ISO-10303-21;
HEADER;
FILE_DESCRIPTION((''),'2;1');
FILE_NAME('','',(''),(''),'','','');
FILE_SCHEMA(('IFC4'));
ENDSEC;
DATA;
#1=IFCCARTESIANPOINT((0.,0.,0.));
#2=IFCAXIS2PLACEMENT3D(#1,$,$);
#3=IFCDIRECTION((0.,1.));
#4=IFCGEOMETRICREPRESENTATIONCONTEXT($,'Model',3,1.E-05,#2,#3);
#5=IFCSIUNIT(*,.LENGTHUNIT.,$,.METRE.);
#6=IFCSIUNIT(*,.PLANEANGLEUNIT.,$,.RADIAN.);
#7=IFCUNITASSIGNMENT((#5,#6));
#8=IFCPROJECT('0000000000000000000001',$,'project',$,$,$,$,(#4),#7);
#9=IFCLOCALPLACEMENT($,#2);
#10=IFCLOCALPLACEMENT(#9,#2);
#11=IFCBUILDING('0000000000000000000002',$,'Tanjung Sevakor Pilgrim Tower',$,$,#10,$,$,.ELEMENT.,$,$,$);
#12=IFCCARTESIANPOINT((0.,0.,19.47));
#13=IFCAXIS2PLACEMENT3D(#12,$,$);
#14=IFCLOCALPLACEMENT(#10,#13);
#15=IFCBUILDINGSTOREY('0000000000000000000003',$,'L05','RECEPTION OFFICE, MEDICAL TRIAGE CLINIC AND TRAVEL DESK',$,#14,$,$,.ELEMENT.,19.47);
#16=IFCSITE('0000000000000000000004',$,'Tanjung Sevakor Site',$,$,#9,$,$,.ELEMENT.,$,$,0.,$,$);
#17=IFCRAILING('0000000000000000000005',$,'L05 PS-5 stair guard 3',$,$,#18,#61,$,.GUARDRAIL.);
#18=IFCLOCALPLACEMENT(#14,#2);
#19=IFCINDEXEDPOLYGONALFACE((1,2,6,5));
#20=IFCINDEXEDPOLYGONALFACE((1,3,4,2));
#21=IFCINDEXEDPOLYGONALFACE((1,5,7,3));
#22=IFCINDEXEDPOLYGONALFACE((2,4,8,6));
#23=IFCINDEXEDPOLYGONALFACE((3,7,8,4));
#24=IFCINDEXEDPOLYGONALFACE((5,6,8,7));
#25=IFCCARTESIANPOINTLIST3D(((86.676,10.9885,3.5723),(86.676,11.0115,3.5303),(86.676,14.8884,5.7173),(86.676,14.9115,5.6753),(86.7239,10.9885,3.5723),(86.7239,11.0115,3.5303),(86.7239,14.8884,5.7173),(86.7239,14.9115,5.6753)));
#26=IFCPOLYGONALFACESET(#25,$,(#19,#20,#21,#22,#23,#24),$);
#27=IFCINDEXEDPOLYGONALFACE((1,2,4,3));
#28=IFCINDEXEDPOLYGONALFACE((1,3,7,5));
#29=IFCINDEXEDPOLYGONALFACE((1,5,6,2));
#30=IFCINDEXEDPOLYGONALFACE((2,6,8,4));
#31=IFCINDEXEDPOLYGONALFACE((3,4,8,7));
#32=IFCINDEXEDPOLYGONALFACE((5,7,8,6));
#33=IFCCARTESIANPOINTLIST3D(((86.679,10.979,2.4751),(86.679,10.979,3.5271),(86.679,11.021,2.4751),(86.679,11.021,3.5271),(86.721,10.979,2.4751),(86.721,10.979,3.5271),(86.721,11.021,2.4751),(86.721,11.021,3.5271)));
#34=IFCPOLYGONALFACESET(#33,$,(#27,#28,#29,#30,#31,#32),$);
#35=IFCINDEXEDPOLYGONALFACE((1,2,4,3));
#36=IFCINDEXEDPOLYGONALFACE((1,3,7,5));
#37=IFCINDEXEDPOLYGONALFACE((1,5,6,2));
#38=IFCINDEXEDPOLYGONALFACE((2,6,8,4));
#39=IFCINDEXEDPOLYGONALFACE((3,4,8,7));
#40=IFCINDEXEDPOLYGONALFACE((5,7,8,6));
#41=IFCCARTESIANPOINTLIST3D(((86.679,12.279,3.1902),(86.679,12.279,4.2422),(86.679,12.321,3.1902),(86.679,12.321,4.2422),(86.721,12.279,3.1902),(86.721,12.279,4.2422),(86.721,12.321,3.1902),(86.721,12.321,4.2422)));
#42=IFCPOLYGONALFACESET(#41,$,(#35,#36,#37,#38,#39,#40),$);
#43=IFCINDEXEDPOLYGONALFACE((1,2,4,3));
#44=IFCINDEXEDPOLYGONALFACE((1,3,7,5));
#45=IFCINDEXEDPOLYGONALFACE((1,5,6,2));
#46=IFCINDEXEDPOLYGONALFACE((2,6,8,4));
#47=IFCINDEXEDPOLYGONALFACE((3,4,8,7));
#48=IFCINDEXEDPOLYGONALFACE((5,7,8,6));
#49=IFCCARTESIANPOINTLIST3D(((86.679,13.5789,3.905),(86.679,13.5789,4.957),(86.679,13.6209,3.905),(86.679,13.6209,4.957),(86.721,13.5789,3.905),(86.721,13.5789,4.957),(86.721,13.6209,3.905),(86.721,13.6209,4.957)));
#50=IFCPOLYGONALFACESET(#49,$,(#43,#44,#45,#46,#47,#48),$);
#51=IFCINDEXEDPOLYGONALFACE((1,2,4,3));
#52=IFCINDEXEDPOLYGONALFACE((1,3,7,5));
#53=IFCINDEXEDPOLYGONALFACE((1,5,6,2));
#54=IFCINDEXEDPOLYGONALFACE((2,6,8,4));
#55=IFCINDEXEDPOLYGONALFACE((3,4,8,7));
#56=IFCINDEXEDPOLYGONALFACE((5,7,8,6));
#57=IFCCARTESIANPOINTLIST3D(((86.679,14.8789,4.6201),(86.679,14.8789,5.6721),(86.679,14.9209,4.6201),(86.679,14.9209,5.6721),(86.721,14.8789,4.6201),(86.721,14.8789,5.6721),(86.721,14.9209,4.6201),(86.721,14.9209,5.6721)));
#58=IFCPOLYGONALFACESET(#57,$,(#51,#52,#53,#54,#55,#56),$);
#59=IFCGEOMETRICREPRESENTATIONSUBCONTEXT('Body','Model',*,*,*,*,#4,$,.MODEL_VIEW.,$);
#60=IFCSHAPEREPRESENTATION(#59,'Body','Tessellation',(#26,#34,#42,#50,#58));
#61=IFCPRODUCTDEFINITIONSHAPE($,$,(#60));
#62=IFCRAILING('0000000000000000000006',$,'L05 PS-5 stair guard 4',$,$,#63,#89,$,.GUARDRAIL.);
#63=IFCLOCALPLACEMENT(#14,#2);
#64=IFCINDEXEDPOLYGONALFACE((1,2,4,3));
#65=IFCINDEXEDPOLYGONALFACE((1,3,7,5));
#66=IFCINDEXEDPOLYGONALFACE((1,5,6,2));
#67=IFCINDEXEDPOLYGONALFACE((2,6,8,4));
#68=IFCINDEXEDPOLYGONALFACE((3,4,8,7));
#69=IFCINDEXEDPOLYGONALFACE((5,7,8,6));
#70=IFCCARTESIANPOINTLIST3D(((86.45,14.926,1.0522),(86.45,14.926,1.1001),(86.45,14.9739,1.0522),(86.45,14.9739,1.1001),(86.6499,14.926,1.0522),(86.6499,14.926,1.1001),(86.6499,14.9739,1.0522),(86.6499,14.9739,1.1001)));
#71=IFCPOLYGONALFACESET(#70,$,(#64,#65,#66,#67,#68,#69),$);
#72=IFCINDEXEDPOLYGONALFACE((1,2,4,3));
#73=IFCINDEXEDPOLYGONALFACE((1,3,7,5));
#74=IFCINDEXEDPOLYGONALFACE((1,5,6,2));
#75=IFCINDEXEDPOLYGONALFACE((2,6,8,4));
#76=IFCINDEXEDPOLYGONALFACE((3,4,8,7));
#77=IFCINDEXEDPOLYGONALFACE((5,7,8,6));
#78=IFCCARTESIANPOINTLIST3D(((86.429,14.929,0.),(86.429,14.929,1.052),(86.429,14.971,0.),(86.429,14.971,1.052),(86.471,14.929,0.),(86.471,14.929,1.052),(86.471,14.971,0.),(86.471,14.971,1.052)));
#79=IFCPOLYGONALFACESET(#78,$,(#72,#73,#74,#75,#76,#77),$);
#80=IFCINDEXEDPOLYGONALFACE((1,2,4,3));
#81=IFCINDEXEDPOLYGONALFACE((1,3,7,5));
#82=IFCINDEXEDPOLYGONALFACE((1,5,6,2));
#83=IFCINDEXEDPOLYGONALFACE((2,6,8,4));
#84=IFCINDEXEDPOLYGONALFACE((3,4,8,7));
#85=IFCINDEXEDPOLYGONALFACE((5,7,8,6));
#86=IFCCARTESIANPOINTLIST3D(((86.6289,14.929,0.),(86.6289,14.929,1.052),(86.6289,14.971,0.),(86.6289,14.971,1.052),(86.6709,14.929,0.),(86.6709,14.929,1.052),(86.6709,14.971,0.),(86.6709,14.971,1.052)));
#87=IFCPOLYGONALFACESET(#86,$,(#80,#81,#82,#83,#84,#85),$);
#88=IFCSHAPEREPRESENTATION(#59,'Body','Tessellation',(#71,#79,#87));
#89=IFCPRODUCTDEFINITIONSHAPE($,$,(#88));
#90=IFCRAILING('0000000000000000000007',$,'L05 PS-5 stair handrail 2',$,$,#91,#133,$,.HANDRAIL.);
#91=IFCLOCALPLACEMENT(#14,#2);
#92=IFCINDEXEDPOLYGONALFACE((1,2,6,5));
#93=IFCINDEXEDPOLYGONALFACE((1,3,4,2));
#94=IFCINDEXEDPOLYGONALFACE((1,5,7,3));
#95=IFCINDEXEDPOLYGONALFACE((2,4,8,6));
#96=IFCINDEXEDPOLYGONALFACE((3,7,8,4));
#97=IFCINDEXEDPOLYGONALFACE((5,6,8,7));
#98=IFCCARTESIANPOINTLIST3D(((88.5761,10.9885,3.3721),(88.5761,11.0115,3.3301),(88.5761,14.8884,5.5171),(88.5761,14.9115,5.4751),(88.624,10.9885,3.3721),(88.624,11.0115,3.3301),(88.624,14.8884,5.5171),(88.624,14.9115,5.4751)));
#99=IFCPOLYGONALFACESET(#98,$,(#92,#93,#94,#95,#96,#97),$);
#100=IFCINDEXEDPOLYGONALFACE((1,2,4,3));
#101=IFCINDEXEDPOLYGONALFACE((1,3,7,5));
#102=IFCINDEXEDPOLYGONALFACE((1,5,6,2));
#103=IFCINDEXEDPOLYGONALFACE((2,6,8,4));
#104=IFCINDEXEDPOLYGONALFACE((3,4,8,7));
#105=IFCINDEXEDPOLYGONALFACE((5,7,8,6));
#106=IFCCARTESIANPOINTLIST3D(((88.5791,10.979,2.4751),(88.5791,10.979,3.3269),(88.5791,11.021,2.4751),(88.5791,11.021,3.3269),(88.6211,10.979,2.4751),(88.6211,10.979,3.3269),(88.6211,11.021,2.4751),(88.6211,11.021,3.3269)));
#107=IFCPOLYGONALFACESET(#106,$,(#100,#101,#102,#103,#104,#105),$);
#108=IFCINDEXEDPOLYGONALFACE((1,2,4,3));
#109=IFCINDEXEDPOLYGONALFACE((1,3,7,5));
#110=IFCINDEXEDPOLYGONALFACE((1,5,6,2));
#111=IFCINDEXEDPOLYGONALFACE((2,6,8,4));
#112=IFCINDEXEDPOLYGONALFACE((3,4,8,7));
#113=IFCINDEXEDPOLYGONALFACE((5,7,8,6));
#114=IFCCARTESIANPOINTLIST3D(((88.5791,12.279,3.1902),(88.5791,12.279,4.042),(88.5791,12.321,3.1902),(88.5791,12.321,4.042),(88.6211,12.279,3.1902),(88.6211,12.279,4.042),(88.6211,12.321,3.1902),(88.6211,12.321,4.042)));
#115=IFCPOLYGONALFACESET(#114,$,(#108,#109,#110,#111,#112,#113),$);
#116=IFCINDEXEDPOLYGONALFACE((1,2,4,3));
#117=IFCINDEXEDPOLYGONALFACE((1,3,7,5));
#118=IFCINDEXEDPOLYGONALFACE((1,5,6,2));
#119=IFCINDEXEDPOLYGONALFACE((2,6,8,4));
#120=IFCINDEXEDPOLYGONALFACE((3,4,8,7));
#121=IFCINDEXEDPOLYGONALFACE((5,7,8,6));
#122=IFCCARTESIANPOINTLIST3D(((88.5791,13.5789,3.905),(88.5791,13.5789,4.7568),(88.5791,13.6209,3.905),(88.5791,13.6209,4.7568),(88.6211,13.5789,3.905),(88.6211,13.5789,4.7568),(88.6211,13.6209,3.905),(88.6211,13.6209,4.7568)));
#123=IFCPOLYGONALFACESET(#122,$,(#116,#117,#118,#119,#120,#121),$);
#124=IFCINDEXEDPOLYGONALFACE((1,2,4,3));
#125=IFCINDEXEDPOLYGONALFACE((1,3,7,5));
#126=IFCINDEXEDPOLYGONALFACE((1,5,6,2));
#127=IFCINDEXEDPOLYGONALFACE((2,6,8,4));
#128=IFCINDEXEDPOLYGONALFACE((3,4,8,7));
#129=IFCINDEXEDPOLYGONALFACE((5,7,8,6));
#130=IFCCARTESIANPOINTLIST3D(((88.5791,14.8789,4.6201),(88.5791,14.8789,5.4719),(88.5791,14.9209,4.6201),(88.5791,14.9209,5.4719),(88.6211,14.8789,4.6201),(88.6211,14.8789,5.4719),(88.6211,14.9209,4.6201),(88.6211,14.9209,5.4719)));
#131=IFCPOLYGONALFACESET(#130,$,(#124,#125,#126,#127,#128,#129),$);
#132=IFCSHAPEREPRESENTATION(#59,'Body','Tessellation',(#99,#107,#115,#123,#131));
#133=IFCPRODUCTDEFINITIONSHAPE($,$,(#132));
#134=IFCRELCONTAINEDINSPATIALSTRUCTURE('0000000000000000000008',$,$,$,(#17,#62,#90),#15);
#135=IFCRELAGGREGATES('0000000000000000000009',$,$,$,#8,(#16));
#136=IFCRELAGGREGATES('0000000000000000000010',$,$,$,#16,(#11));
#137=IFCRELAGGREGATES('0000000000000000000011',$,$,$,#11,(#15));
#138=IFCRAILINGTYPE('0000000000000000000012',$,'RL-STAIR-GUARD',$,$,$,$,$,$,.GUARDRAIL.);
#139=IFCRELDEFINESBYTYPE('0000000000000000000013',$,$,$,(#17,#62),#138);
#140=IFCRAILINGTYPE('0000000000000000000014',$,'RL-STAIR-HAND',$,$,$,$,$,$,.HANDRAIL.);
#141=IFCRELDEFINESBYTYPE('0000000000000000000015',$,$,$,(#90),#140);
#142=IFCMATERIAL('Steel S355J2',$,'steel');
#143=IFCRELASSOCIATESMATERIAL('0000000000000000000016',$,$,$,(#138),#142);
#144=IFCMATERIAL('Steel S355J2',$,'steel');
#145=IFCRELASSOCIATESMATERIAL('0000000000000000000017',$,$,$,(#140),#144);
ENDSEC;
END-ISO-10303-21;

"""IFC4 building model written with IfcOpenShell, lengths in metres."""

from ifc_helpers import new_model, si_unit, direction, frame, origin, place, context, subcontext, project, spatial, rectangle, extrude, material, type_object, element, save


model = new_model("IFC4")

# Units and contexts
model_context = context("Model", 3, precision=1e-05, world=origin(), true_north=direction((0.0, 1.0)))
body_context = subcontext(model_context, "Body", "Model", "MODEL_VIEW")
ifc_project = project(units=[si_unit("LENGTHUNIT", "METRE"), si_unit("PLANEANGLEUNIT", "RADIAN")], contexts=[model_context])

# Site, building, storey
site_placement = place(None, origin())
site = spatial("IfcSite", under=ifc_project, at=site_placement, Name="Tanjung Sevakor Site", CompositionType="ELEMENT", RefElevation=0.0)
building_placement = place(site_placement, origin())
building = spatial("IfcBuilding", under=site, at=building_placement, Name="Tanjung Sevakor Pilgrim Tower", CompositionType="ELEMENT")
storey_placement = place(building_placement, frame((0.0, 0.0, 19.47)))
storey = spatial("IfcBuildingStorey", under=building, at=storey_placement, Name="L05", Description="RECEPTION OFFICE, MEDICAL TRIAGE CLINIC AND TRAVEL DESK", CompositionType="ELEMENT", Elevation=19.47)

# Railings
ifc_material_1 = material(Name="Steel S355J2", Category="steel")
railing_type_1 = type_object("IfcRailingType", Name="RL-STAIR-GUARD", PredefinedType="GUARDRAIL", material=ifc_material_1)
railing_1_placement = place(storey_placement, frame((86.7, 11.0, 2.4751)))
element("IfcRailing", 1, at=railing_1_placement, inside=storey, type_object=railing_type_1, Name="L05 PS-5 stair guard 3", PredefinedType="GUARDRAIL", context=body_context, shape_type="SweptSolid", body=[
    extrude(rectangle(XDim=0.0479, YDim=0.0479), frame((0.0, 0.0, 1.0762), z_axis=(0.0, 0.876209, 0.481931), x_axis=(-1.0, 0.0, 0.0)), (0.0, 0.0, 1.0), 4.4509),
    extrude(rectangle(XDim=0.042, YDim=0.042), origin(), (0.0, 0.0, 1.0), 1.052),
    extrude(rectangle(XDim=0.042, YDim=0.042), frame((0.0, 1.3, 0.7151)), (0.0, 0.0, 1.0), 1.052),
    extrude(rectangle(XDim=0.042, YDim=0.042), frame((0.0, 2.5999, 1.4299)), (0.0, 0.0, 1.0), 1.052),
    extrude(rectangle(XDim=0.042, YDim=0.042), frame((0.0, 3.8999, 2.145)), (0.0, 0.0, 1.0), 1.052),
])
railing_2_placement = place(storey_placement, frame((86.45, 14.95, 0.0)))
element("IfcRailing", 2, at=railing_2_placement, inside=storey, type_object=railing_type_1, Name="L05 PS-5 stair guard 4", PredefinedType="GUARDRAIL", context=body_context, shape_type="SweptSolid", body=[
    extrude(rectangle(XDim=0.0479, YDim=0.0479), frame((0.0, 0.0, 1.0762), z_axis=(1.0, 0.0, 0.0), x_axis=(0.0, 1.0, 0.0)), (0.0, 0.0, 1.0), 0.2),
    extrude(rectangle(XDim=0.042, YDim=0.042), origin(), (0.0, 0.0, 1.0), 1.052),
    extrude(rectangle(XDim=0.042, YDim=0.042), frame((0.2, 0.0, 0.0)), (0.0, 0.0, 1.0), 1.052),
])
ifc_material_2 = material(Name="Steel S355J2", Category="steel")
railing_type_2 = type_object("IfcRailingType", Name="RL-STAIR-HAND", PredefinedType="HANDRAIL", material=ifc_material_2)
railing_3_placement = place(storey_placement, frame((88.6001, 11.0, 2.4751)))
element("IfcRailing", 3, at=railing_3_placement, inside=storey, type_object=railing_type_2, Name="L05 PS-5 stair handrail 2", PredefinedType="HANDRAIL", context=body_context, shape_type="SweptSolid", body=[
    extrude(rectangle(XDim=0.0479, YDim=0.0479), frame((0.0, 0.0, 0.876), z_axis=(0.0, 0.876209, 0.481931), x_axis=(-1.0, 0.0, 0.0)), (0.0, 0.0, 1.0), 4.4509),
    extrude(rectangle(XDim=0.042, YDim=0.042), origin(), (0.0, 0.0, 1.0), 0.8518),
    extrude(rectangle(XDim=0.042, YDim=0.042), frame((0.0, 1.3, 0.7151)), (0.0, 0.0, 1.0), 0.8518),
    extrude(rectangle(XDim=0.042, YDim=0.042), frame((0.0, 2.5999, 1.4299)), (0.0, 0.0, 1.0), 0.8518),
    extrude(rectangle(XDim=0.042, YDim=0.042), frame((0.0, 3.8999, 2.145)), (0.0, 0.0, 1.0), 0.8518),
])

save(model, "model.ifc")
